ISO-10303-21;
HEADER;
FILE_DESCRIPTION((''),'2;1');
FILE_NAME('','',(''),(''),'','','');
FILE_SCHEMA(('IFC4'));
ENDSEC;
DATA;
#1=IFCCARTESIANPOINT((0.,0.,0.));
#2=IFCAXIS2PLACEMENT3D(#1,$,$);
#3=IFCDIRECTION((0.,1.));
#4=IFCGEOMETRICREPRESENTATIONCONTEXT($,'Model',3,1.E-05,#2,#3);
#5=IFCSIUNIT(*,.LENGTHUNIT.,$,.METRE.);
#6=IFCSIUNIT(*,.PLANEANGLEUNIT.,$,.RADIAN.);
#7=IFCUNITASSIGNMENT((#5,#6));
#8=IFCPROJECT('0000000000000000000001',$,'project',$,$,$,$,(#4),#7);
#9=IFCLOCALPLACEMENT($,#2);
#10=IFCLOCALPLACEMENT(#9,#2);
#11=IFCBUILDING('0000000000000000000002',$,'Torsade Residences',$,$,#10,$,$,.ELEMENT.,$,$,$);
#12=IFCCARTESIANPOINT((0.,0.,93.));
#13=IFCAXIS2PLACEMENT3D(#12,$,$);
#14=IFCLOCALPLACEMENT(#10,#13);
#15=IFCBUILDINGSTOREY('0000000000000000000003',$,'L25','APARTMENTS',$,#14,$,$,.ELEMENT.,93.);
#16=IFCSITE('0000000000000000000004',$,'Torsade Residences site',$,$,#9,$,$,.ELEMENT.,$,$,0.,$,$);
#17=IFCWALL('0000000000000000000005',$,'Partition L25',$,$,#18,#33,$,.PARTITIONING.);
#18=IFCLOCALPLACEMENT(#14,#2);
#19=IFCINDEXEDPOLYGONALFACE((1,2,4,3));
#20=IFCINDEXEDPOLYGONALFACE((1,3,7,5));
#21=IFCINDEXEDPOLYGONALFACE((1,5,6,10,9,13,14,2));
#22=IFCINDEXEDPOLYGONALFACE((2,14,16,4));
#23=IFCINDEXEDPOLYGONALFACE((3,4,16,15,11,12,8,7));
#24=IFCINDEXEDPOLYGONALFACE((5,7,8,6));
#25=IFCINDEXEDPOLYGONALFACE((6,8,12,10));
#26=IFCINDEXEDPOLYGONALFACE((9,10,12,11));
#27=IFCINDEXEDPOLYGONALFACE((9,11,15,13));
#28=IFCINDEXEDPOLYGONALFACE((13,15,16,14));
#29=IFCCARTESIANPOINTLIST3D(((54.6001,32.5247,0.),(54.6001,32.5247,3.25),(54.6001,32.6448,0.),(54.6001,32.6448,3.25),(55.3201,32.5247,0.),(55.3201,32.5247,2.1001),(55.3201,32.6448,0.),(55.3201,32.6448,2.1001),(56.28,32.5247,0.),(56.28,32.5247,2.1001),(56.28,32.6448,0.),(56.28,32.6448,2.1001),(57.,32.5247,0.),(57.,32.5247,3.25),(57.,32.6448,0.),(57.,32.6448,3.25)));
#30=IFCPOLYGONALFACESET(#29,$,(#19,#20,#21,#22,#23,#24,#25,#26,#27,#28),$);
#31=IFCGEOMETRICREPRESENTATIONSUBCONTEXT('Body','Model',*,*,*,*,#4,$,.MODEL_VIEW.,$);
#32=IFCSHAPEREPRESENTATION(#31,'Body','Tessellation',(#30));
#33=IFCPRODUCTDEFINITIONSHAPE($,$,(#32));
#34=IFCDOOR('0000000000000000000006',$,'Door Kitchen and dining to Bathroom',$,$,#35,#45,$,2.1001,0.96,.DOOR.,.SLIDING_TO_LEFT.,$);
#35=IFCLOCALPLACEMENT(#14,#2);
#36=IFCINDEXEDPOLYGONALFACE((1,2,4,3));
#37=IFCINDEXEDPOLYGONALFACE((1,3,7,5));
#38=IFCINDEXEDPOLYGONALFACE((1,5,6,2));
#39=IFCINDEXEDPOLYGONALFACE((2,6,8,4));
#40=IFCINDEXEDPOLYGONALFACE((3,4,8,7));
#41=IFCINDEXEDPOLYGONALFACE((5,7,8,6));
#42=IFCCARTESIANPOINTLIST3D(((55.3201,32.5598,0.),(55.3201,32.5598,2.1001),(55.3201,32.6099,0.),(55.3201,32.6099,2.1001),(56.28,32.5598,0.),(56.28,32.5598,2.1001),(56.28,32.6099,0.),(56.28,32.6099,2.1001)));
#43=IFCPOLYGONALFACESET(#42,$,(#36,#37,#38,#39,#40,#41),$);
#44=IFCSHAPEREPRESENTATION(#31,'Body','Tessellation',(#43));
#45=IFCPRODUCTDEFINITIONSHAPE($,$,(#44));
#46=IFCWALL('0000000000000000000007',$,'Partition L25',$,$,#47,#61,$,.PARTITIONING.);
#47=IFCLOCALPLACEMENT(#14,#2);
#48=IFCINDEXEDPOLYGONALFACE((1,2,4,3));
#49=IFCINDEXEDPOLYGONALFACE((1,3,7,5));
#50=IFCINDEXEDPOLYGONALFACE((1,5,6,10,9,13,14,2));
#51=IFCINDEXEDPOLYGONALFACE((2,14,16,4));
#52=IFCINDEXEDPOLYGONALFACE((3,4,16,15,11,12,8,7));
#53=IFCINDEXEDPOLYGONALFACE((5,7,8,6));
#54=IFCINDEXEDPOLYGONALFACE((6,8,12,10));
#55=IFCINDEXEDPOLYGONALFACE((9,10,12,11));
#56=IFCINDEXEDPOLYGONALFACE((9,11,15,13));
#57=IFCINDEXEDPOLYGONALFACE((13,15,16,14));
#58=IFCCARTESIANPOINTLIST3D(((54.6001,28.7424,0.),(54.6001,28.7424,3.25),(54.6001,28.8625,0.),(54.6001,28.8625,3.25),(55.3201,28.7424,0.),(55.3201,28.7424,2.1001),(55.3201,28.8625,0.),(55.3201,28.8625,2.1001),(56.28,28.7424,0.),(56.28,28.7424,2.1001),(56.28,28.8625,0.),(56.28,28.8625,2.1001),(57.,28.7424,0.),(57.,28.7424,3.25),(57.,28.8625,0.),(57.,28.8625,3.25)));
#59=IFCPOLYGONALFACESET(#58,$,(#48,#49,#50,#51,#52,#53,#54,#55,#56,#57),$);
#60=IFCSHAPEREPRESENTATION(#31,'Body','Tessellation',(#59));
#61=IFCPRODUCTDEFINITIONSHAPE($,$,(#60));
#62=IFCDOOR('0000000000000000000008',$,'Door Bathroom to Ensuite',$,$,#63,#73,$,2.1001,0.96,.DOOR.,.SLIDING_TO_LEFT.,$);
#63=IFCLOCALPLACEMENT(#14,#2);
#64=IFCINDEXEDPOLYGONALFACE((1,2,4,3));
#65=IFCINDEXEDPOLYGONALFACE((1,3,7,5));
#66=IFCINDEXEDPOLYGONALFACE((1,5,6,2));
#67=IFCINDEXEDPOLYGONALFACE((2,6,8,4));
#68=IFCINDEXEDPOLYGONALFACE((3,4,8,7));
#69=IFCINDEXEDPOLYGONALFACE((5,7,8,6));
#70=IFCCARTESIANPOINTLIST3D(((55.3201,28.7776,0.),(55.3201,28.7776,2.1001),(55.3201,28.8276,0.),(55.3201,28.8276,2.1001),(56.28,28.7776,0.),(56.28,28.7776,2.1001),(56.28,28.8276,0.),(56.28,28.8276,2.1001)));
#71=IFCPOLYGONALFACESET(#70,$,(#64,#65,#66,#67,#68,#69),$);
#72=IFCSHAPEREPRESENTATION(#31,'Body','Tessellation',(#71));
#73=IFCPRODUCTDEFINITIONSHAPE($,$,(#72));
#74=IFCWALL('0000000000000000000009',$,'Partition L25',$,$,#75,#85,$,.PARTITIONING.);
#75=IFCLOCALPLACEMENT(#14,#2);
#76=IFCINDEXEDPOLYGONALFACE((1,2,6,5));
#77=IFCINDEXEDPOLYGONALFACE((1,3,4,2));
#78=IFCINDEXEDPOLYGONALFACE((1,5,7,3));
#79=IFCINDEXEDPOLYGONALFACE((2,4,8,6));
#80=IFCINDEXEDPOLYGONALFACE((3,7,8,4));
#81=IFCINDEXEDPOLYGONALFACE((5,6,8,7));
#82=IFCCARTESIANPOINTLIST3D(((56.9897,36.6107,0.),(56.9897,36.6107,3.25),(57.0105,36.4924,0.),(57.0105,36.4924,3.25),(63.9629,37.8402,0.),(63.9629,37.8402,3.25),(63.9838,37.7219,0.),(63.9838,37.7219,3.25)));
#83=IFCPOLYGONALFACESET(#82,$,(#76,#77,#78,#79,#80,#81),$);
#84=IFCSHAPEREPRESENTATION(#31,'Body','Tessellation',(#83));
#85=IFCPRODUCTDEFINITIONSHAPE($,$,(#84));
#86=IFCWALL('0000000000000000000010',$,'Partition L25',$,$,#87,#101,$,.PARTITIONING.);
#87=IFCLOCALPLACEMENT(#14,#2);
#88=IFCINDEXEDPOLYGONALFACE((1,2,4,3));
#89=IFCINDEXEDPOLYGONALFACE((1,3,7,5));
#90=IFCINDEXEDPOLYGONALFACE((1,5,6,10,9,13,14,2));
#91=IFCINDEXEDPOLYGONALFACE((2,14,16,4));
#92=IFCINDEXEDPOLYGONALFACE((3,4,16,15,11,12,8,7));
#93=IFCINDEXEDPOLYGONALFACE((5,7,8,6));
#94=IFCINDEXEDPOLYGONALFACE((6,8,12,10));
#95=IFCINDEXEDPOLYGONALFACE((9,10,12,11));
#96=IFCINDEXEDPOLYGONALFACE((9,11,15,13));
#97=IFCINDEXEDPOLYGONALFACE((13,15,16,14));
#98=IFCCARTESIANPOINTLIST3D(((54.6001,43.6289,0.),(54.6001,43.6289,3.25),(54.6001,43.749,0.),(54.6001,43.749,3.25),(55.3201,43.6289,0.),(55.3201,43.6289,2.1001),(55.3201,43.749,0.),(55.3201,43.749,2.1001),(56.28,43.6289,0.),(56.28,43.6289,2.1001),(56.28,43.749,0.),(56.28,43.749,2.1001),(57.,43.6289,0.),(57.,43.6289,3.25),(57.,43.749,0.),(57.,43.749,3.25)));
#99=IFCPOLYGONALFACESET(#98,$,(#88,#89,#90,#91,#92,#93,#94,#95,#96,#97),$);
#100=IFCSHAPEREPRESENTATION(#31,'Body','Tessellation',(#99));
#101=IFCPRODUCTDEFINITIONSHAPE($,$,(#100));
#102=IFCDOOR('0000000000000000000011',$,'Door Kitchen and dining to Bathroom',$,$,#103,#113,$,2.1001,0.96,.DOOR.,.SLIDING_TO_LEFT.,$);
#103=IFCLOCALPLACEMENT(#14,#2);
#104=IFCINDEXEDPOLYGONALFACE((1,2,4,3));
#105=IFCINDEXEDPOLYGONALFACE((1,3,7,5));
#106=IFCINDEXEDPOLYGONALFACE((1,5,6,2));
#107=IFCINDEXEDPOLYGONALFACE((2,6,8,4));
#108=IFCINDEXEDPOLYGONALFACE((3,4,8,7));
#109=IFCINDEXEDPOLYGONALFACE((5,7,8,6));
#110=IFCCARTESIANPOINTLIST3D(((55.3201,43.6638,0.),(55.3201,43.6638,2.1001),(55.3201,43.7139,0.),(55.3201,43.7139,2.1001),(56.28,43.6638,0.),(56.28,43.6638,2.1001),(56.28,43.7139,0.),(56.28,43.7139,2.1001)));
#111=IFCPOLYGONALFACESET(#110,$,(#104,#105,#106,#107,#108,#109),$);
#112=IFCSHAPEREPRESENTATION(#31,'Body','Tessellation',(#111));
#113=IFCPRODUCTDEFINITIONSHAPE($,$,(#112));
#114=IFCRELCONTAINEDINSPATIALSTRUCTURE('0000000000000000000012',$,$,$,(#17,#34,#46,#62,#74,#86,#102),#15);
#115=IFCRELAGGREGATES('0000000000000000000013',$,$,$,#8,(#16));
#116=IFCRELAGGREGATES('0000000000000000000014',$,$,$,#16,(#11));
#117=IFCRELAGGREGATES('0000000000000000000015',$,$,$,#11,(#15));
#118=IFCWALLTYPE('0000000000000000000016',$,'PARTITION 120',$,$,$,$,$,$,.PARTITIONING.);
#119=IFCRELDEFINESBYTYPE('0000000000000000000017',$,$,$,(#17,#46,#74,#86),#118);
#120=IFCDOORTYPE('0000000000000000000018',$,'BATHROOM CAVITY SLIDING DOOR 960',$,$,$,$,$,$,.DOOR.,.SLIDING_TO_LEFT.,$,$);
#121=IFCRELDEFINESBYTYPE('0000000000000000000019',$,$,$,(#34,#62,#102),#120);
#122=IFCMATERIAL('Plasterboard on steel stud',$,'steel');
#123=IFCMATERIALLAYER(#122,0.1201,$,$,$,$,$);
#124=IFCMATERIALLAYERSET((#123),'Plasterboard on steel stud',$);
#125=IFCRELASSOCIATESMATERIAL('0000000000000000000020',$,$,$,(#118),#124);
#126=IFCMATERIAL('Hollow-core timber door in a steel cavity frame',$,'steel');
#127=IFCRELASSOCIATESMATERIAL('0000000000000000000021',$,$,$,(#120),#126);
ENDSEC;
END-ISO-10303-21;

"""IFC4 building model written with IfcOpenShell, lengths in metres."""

from ifc_helpers import new_model, si_unit, direction, frame, frame_2d, origin, place, context, subcontext, project, spatial, rectangle, extrude, material, layer, layer_set, type_object, element, fill, save


model = new_model("IFC4")

# Units and contexts
model_context = context("Model", 3, precision=1e-05, world=origin(), true_north=direction((0.0, 1.0)))
body_context = subcontext(model_context, "Body", "Model", "MODEL_VIEW")
ifc_project = project(units=[si_unit("LENGTHUNIT", "METRE"), si_unit("PLANEANGLEUNIT", "RADIAN")], contexts=[model_context])

# Site, building, storey
site_placement = place(None, origin())
site = spatial("IfcSite", under=ifc_project, at=site_placement, Name="Torsade Residences site", CompositionType="ELEMENT", RefElevation=0.0)
building_placement = place(site_placement, origin())
building = spatial("IfcBuilding", under=site, at=building_placement, Name="Torsade Residences", CompositionType="ELEMENT")
storey_placement = place(building_placement, frame((0.0, 0.0, 93.0)))
storey = spatial("IfcBuildingStorey", under=building, at=storey_placement, Name="L25", Description="APARTMENTS", CompositionType="ELEMENT", Elevation=93.0)

# Walls, openings, doors
ifc_material_1 = material(Name="Plasterboard on steel stud", Category="steel")
ifc_layer_1 = layer(ifc_material_1, 0.1201)
ifc_layer_set_1 = layer_set([ifc_layer_1], Name="Plasterboard on steel stud")
wall_type_1 = type_object("IfcWallType", Name="PARTITION 120", PredefinedType="PARTITIONING", material=ifc_layer_set_1)
wall_1_placement = place(storey_placement, frame((57.0, 32.5847, 0.0), z_axis=(0.0, 0.0, 1.0), x_axis=(-1.0, 0.0, 0.0)))
wall_1 = element("IfcWall", 1, at=wall_1_placement, inside=storey, type_object=wall_type_1, Name="Partition L25", PredefinedType="PARTITIONING", context=body_context, shape_type="SweptSolid", body=[
    extrude(rectangle(XDim=2.3999, YDim=0.1201, at=frame_2d((1.2, 0.0))), origin(), (0.0, 0.0, 1.0), 3.25),
])
opening_1_placement = place(wall_1_placement, frame((0.72, 0.0, 0.0)))
opening_1 = element("IfcOpeningElement", 2, at=opening_1_placement, cuts=wall_1, PredefinedType="OPENING", context=body_context, shape_type="SweptSolid", body=[
    extrude(rectangle(XDim=0.96, YDim=2.1001, at=frame_2d((0.48, 1.05))), frame((0.0, 0.0701, 0.0), z_axis=(0.0, -1.0, 0.0), x_axis=(1.0, 0.0, 0.0)), (0.0, 0.0, 1.0), 0.1401),
])
ifc_material_2 = material(Name="Hollow-core timber door in a steel cavity frame", Category="steel")
door_type_1 = type_object("IfcDoorType", Name="BATHROOM CAVITY SLIDING DOOR 960", OperationType="SLIDING_TO_LEFT", PredefinedType="DOOR", material=ifc_material_2)
door_1_placement = place(opening_1_placement, origin())
door_1 = element("IfcDoor", 3, at=door_1_placement, inside=storey, type_object=door_type_1, Name="Door Kitchen and dining to Bathroom", OperationType="SLIDING_TO_LEFT", OverallHeight=2.1001, OverallWidth=0.96, PredefinedType="DOOR", context=body_context, shape_type="SweptSolid", body=[
    extrude(rectangle(XDim=0.96, YDim=2.1001, at=frame_2d((0.48, 1.05))), frame((0.0, 0.0249, 0.0), z_axis=(0.0, -1.0, 0.0), x_axis=(1.0, 0.0, 0.0)), (0.0, 0.0, 1.0), 0.05),
])
fill(opening_1, door_1)
wall_2_placement = place(storey_placement, frame((57.0, 28.8025, 0.0), z_axis=(0.0, 0.0, 1.0), x_axis=(-1.0, 0.0, 0.0)))
wall_2 = element("IfcWall", 4, at=wall_2_placement, inside=storey, type_object=wall_type_1, Name="Partition L25", PredefinedType="PARTITIONING", context=body_context, shape_type="SweptSolid", body=[
    extrude(rectangle(XDim=2.3999, YDim=0.1201, at=frame_2d((1.2, 0.0))), origin(), (0.0, 0.0, 1.0), 3.25),
])
opening_2_placement = place(wall_2_placement, frame((0.72, 0.0, 0.0)))
opening_2 = element("IfcOpeningElement", 5, at=opening_2_placement, cuts=wall_2, PredefinedType="OPENING", context=body_context, shape_type="SweptSolid", body=[
    extrude(rectangle(XDim=0.96, YDim=2.1001, at=frame_2d((0.48, 1.05))), frame((0.0, 0.0701, 0.0), z_axis=(0.0, -1.0, 0.0), x_axis=(1.0, 0.0, 0.0)), (0.0, 0.0, 1.0), 0.1401),
])
door_2_placement = place(opening_2_placement, origin())
door_2 = element("IfcDoor", 6, at=door_2_placement, inside=storey, type_object=door_type_1, Name="Door Bathroom to Ensuite", OperationType="SLIDING_TO_LEFT", OverallHeight=2.1001, OverallWidth=0.96, PredefinedType="DOOR", context=body_context, shape_type="SweptSolid", body=[
    extrude(rectangle(XDim=0.96, YDim=2.1001, at=frame_2d((0.48, 1.05))), frame((0.0, 0.0249, 0.0), z_axis=(0.0, -1.0, 0.0), x_axis=(1.0, 0.0, 0.0)), (0.0, 0.0, 1.0), 0.05),
])
fill(opening_2, door_2)

# Wall
wall_3_placement = place(storey_placement, frame((57.0, 36.5515, 0.0), z_axis=(0.0, 0.0, 1.0), x_axis=(0.984809, 0.17364, 0.0)))
element("IfcWall", 7, at=wall_3_placement, inside=storey, type_object=wall_type_1, Name="Partition L25", PredefinedType="PARTITIONING", context=body_context, shape_type="SweptSolid", body=[
    extrude(rectangle(XDim=7.0808, YDim=0.1201, at=frame_2d((3.5405, 0.0))), origin(), (0.0, 0.0, 1.0), 3.25),
])

# Wall, opening, door
wall_4_placement = place(storey_placement, frame((54.6001, 43.689, 0.0), z_axis=(0.0, 0.0, 1.0), x_axis=(1.0, 0.0, 0.0)))
wall_4 = element("IfcWall", 8, at=wall_4_placement, inside=storey, type_object=wall_type_1, Name="Partition L25", PredefinedType="PARTITIONING", context=body_context, shape_type="SweptSolid", body=[
    extrude(rectangle(XDim=2.3999, YDim=0.1201, at=frame_2d((1.2, 0.0))), origin(), (0.0, 0.0, 1.0), 3.25),
])
opening_3_placement = place(wall_4_placement, frame((0.72, 0.0, 0.0)))
opening_3 = element("IfcOpeningElement", 9, at=opening_3_placement, cuts=wall_4, PredefinedType="OPENING", context=body_context, shape_type="SweptSolid", body=[
    extrude(rectangle(XDim=0.96, YDim=2.1001, at=frame_2d((0.48, 1.05))), frame((0.0, 0.0701, 0.0), z_axis=(0.0, -1.0, 0.0), x_axis=(1.0, 0.0, 0.0)), (0.0, 0.0, 1.0), 0.1401),
])
door_3_placement = place(opening_3_placement, origin())
door_3 = element("IfcDoor", 10, at=door_3_placement, inside=storey, type_object=door_type_1, Name="Door Kitchen and dining to Bathroom", OperationType="SLIDING_TO_LEFT", OverallHeight=2.1001, OverallWidth=0.96, PredefinedType="DOOR", context=body_context, shape_type="SweptSolid", body=[
    extrude(rectangle(XDim=0.96, YDim=2.1001, at=frame_2d((0.48, 1.05))), frame((0.0, 0.0249, 0.0), z_axis=(0.0, -1.0, 0.0), x_axis=(1.0, 0.0, 0.0)), (0.0, 0.0, 1.0), 0.05),
])
fill(opening_3, door_3)

save(model, "model.ifc")
